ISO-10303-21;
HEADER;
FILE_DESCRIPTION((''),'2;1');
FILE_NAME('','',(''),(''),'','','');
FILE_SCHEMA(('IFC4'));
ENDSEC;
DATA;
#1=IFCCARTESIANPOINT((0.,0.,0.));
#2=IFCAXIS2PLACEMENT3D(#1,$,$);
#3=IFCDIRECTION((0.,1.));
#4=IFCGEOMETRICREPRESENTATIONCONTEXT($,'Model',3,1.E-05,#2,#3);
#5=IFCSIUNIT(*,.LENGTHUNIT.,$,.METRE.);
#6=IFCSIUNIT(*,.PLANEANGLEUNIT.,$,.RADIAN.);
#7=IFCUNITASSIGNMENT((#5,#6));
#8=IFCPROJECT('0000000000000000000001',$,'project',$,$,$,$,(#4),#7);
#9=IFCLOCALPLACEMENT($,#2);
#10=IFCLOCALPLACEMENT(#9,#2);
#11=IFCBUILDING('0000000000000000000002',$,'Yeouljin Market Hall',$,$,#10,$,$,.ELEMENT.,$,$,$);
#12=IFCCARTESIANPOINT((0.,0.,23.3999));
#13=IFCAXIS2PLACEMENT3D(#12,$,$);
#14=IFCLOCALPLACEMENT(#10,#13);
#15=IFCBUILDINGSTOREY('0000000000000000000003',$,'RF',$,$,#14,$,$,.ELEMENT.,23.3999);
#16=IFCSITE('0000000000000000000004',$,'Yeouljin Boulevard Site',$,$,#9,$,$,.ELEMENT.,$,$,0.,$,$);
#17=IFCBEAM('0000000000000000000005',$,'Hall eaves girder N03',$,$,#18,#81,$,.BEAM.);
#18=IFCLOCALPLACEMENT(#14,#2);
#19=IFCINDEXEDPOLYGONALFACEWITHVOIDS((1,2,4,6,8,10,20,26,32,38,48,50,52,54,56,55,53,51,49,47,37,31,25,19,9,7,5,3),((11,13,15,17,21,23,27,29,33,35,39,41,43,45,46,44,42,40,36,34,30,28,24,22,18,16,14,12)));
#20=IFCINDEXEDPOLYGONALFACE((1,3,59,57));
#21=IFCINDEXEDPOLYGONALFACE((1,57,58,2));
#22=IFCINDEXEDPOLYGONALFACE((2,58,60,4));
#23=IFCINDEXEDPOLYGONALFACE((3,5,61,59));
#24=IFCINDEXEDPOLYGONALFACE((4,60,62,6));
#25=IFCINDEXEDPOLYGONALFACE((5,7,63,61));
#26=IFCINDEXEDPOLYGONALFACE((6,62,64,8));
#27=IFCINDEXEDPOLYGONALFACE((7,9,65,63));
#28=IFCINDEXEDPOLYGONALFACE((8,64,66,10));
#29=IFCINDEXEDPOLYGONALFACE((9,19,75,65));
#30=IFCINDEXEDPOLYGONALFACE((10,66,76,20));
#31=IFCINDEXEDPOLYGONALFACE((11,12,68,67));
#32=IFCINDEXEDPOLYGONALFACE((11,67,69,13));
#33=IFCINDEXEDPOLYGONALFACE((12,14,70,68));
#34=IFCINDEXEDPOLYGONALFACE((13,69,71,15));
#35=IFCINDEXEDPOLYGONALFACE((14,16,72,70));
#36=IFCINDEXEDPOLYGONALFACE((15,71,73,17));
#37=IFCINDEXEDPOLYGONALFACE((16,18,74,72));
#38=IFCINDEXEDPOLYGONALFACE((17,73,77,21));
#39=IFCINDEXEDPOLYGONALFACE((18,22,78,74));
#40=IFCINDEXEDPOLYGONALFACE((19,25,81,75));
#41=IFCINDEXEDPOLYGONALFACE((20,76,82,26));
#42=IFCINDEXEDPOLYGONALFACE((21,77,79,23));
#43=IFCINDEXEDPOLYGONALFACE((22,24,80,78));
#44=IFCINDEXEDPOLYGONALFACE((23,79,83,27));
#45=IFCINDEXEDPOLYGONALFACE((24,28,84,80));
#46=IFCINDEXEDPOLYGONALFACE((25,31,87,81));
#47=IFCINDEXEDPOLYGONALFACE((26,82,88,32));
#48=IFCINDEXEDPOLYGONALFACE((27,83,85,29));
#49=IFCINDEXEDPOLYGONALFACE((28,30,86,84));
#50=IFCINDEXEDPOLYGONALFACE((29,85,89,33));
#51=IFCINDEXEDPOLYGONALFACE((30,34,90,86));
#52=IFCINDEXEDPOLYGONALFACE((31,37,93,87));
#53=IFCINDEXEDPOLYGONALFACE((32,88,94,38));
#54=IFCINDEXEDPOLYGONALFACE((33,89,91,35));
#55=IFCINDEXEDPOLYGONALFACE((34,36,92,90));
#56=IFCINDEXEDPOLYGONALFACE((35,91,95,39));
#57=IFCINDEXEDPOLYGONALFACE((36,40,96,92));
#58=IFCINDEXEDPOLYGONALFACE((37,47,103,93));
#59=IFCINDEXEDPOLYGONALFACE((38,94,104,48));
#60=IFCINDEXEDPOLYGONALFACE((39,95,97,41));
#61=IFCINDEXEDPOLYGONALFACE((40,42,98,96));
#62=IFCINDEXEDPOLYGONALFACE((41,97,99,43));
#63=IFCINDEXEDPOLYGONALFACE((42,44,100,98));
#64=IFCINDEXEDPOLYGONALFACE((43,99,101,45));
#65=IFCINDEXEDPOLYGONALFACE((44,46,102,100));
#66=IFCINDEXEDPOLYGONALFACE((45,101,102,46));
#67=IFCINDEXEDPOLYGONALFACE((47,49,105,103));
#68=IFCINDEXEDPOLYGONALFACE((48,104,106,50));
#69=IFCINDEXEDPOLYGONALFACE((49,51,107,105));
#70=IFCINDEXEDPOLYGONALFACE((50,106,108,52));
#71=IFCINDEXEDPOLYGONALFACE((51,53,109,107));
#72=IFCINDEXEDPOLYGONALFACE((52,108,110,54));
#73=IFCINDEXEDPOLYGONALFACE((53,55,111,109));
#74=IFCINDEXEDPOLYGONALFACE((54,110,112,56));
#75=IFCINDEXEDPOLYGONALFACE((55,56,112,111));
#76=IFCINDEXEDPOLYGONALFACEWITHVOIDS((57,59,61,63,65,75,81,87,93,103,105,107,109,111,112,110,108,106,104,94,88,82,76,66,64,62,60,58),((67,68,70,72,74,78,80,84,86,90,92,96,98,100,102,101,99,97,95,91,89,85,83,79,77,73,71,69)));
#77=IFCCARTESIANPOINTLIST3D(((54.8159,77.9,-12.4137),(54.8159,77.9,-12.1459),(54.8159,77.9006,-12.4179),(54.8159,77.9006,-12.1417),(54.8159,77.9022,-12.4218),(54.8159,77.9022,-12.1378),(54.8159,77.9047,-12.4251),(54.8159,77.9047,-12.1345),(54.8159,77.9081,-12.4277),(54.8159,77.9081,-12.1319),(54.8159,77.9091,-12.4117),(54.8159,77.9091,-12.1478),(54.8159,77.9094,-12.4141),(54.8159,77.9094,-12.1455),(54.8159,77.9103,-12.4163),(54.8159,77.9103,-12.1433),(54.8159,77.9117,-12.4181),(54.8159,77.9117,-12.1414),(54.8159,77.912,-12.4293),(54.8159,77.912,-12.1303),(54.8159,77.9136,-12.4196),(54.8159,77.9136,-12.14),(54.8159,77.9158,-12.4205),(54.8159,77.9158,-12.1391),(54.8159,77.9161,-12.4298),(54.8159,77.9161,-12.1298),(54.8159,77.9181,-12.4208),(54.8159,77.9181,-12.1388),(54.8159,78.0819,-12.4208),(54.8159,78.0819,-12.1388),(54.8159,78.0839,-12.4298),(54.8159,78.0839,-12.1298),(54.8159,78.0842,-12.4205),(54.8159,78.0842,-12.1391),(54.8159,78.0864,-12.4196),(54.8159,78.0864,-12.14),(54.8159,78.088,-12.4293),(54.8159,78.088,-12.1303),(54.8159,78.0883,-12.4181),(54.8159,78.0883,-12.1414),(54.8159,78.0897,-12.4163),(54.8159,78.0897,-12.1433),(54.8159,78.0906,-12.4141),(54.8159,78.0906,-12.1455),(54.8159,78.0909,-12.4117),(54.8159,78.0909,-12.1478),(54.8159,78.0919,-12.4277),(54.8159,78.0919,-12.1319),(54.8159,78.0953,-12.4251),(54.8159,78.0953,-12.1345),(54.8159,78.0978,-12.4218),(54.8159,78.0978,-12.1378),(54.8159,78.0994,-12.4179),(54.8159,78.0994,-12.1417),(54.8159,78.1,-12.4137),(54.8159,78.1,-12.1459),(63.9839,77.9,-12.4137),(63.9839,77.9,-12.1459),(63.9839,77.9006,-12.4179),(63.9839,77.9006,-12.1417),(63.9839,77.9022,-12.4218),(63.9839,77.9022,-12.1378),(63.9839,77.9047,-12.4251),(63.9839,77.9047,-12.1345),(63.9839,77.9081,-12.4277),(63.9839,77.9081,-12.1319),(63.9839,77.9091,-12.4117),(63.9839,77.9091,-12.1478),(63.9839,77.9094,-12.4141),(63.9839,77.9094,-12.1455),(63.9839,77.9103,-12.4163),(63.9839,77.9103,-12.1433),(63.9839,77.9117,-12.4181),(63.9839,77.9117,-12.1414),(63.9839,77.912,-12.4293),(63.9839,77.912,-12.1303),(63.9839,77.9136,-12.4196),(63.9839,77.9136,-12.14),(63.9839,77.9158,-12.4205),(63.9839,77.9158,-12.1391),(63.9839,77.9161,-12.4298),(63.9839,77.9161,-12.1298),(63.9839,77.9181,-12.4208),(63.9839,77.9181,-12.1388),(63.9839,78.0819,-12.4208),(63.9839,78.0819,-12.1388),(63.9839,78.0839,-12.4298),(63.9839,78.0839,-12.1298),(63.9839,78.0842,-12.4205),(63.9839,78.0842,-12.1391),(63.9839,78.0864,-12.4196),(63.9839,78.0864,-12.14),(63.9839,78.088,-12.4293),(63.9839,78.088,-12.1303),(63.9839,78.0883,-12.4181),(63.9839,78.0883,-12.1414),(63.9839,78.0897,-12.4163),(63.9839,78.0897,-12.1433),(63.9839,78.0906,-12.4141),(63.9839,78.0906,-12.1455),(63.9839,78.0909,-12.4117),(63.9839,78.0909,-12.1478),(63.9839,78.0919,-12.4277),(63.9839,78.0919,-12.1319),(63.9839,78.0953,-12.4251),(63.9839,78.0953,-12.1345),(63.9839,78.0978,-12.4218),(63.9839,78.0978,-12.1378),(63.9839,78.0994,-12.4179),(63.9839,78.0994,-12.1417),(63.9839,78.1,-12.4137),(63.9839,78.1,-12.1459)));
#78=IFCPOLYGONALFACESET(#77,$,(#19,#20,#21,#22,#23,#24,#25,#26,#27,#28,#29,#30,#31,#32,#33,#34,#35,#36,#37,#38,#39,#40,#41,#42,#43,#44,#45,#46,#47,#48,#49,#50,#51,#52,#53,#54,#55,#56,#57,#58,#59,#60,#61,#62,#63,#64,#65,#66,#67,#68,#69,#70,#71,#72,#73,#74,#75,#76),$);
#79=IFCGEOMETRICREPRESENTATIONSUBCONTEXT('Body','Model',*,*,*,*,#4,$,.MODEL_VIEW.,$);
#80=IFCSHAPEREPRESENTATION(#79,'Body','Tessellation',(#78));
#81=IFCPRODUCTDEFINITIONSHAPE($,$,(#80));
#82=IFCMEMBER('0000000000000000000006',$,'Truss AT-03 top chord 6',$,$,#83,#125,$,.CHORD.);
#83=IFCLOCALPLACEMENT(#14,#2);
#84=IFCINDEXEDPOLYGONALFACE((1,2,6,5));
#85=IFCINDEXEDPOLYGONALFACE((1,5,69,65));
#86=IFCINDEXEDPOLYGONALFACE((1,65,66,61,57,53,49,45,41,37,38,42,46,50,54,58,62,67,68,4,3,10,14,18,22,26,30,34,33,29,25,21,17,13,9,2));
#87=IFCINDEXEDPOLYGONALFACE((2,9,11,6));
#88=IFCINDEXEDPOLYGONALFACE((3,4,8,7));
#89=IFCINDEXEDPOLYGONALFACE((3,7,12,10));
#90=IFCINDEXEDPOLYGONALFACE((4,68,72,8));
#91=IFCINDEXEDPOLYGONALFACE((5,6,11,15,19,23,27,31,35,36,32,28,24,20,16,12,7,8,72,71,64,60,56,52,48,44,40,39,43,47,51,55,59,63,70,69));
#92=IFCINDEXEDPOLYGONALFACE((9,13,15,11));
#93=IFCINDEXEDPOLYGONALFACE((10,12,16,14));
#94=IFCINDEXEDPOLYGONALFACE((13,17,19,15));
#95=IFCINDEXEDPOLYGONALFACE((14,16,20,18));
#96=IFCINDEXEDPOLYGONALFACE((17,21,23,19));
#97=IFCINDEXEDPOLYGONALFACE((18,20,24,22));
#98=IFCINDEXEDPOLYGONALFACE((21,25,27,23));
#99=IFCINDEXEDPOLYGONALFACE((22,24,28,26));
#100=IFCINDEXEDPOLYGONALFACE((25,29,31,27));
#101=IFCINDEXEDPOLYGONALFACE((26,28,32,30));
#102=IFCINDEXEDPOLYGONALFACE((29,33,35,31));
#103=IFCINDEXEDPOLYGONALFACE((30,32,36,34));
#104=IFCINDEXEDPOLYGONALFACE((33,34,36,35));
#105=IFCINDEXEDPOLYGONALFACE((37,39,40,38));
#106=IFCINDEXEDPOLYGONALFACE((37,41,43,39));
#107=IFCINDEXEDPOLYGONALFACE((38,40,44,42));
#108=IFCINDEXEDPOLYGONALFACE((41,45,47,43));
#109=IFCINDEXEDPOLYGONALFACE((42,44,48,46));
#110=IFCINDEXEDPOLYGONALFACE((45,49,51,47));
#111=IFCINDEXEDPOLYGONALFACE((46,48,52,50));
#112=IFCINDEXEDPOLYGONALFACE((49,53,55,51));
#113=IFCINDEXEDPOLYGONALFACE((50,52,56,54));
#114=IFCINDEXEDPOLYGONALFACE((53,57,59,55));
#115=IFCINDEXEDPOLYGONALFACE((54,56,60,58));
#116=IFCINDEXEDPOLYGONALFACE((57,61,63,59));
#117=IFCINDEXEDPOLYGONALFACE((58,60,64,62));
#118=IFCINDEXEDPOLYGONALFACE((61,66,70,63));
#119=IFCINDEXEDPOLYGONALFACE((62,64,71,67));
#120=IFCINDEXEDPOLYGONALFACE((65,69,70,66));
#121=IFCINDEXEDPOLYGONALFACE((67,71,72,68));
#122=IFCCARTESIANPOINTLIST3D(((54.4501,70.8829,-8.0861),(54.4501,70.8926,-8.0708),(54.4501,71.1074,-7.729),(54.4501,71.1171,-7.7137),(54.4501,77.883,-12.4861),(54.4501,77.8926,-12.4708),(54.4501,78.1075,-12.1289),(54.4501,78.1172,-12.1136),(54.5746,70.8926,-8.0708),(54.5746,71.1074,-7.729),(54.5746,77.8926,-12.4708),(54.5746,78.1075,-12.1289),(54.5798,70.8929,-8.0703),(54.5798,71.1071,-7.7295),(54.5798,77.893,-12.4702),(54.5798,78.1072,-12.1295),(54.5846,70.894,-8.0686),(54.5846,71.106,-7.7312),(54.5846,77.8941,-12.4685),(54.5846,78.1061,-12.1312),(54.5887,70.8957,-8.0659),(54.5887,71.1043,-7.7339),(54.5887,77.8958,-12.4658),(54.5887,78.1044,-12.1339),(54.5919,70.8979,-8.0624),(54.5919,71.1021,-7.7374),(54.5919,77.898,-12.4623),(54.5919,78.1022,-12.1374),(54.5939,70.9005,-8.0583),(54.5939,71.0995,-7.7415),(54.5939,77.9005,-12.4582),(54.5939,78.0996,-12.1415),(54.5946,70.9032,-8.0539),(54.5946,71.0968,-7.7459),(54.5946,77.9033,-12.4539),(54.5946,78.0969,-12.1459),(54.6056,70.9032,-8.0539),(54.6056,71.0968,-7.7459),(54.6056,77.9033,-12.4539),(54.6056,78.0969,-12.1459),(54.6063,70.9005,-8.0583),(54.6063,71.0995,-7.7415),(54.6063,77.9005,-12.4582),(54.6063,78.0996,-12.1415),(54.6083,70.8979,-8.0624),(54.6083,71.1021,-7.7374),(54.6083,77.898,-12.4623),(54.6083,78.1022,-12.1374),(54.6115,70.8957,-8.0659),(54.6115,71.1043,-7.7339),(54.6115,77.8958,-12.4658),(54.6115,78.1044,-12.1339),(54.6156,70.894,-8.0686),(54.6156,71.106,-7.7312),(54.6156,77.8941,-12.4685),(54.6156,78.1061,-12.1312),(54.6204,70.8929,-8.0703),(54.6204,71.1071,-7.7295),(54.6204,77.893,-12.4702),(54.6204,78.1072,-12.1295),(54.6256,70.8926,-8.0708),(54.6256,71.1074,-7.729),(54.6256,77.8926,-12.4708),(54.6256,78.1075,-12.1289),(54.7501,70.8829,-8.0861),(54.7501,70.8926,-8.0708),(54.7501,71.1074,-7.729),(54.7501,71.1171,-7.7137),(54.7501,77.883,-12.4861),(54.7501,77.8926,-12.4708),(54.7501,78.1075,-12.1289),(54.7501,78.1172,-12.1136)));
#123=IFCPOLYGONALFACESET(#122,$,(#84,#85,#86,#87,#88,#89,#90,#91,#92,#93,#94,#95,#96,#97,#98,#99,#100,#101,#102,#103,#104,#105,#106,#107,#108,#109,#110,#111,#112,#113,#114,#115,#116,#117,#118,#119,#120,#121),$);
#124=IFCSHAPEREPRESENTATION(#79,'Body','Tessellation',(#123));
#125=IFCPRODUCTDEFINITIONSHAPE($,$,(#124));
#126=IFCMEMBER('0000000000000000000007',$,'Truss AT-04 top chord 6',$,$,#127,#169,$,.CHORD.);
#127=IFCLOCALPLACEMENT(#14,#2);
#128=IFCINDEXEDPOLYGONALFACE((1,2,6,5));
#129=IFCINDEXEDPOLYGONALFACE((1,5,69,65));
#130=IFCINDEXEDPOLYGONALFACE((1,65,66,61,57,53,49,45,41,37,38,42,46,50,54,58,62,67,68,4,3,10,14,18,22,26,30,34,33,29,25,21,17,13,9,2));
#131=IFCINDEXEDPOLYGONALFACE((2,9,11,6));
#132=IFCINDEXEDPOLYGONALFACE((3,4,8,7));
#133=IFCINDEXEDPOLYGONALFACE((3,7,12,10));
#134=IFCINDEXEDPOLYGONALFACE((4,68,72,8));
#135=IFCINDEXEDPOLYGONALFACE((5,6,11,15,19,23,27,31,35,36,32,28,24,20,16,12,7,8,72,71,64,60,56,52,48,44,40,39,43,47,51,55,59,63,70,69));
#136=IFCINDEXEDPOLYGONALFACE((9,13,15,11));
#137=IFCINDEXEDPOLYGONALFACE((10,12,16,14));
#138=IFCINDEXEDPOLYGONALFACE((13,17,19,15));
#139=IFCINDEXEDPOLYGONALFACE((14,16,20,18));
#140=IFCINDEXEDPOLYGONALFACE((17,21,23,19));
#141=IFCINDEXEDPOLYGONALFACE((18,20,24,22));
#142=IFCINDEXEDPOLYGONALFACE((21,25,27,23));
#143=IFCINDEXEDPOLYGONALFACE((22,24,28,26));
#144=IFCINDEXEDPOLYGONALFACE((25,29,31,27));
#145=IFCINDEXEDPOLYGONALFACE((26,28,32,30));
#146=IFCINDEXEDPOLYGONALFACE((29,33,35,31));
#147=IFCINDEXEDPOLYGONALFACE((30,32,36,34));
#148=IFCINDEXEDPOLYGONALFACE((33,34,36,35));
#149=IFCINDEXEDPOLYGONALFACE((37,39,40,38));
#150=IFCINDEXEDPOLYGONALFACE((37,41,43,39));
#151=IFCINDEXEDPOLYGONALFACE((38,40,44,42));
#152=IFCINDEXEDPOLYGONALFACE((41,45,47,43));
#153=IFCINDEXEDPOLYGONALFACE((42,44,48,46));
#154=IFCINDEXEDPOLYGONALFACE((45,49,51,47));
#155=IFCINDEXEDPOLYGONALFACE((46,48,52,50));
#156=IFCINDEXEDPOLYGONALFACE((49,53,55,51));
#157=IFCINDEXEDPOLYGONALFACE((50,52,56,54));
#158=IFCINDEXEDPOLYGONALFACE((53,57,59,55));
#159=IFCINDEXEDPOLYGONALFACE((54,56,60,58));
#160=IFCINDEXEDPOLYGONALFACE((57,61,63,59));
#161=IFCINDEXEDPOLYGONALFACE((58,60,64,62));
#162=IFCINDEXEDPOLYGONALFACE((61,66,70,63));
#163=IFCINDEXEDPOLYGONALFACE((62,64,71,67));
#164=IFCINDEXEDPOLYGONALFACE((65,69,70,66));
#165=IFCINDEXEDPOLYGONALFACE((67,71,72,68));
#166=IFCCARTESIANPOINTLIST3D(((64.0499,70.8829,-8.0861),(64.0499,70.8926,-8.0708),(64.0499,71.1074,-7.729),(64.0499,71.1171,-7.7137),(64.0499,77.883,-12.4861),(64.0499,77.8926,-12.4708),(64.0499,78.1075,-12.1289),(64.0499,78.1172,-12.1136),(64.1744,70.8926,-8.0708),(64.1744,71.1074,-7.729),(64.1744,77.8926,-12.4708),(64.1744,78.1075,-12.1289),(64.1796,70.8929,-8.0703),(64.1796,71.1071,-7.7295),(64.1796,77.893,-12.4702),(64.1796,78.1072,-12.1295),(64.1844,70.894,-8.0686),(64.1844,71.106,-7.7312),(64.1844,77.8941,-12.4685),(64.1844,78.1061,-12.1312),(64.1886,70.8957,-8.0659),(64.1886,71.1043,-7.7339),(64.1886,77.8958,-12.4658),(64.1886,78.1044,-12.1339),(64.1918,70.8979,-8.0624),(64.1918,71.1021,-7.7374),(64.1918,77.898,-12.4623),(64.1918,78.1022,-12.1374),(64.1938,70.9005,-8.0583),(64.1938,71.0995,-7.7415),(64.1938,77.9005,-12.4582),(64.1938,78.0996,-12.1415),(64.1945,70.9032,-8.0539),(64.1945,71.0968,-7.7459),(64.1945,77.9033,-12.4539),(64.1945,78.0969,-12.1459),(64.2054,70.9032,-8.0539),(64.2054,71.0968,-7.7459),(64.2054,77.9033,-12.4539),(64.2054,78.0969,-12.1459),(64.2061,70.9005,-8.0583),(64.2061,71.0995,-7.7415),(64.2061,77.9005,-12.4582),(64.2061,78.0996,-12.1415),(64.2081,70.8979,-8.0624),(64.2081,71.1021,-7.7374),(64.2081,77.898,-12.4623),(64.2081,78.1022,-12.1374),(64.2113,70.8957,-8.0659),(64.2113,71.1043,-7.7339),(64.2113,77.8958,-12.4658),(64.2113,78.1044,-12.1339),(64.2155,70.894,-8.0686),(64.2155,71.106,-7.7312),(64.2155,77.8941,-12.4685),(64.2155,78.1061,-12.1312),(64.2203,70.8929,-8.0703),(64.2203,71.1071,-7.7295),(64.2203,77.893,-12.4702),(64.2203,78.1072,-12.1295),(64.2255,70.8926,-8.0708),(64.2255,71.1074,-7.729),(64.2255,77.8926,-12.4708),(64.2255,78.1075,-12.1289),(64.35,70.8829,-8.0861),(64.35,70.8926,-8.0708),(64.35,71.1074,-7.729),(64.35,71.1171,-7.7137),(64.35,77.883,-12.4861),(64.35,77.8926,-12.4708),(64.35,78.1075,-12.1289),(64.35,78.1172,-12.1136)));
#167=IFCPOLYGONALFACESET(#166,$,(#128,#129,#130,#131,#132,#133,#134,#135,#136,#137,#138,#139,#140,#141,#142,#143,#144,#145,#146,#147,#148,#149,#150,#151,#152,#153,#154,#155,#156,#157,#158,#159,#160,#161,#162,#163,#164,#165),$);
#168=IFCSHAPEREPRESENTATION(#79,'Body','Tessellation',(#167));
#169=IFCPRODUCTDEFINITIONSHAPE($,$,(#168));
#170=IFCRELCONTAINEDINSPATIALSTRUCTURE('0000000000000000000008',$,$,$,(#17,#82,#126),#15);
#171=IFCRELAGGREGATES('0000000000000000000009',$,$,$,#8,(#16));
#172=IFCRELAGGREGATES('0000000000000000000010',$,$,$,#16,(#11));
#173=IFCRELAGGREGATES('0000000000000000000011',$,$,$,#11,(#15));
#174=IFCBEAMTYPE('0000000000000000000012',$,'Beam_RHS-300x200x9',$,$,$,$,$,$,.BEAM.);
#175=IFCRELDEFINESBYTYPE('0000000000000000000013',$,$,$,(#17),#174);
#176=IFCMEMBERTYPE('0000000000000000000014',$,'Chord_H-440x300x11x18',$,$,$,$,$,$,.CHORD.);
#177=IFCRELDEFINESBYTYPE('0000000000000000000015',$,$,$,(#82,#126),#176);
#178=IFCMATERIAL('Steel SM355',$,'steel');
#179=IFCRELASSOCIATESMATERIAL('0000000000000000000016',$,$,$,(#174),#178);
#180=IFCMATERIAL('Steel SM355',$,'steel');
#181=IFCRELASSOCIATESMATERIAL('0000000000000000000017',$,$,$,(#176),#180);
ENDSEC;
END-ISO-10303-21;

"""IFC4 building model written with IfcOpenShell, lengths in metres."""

from ifc_helpers import new_model, si_unit, direction, frame, origin, origin_2d, place, context, subcontext, project, spatial, hollow_rectangle, i_section, extrude, material, material_profile, profile_set, type_object, element, save


model = new_model("IFC4")

# Units and contexts
model_context = context("Model", 3, precision=1e-05, world=origin(), true_north=direction((0.0, 1.0)))
body_context = subcontext(model_context, "Body", "Model", "MODEL_VIEW")
ifc_project = project(units=[si_unit("LENGTHUNIT", "METRE"), si_unit("PLANEANGLEUNIT", "RADIAN")], contexts=[model_context])

# Site, building, storey
site_placement = place(None, origin())
site = spatial("IfcSite", under=ifc_project, at=site_placement, Name="Yeouljin Boulevard Site", CompositionType="ELEMENT", RefElevation=0.0)
building_placement = place(site_placement, origin())
building = spatial("IfcBuilding", under=site, at=building_placement, Name="Yeouljin Market Hall", CompositionType="ELEMENT")
storey_placement = place(building_placement, frame((0.0, 0.0, 23.3999)))
storey = spatial("IfcBuildingStorey", under=building, at=storey_placement, Name="RF", CompositionType="ELEMENT", Elevation=23.3999)

# Beam
ifc_material_1 = material(Name="Steel SM355", Category="steel")
ifc_material_profile_1 = material_profile(ifc_material_1, hollow_rectangle(XDim=0.2, YDim=0.3, WallThickness=0.009, InnerFilletRadius=0.009, OuterFilletRadius=0.0161, at=origin_2d()), Name="RHS-300x200x9")
ifc_profile_set_1 = profile_set([ifc_material_profile_1], Name="Steel SM355")
beam_type_1 = type_object("IfcBeamType", Name="Beam_RHS-300x200x9", PredefinedType="BEAM", material=ifc_profile_set_1)
for number, where, z_axis, x_axis, name in (
    (1, (54.8159, 78.0, -12.2798), (1.0, 0.0, 0.0), (0.0, 1.0, 0.0), "Hall eaves girder N03"),
):
    element("IfcBeam", number, at=place(storey_placement, frame(where, z_axis=z_axis, x_axis=x_axis)), inside=storey, type_object=beam_type_1, Name=name, PredefinedType="BEAM", context=body_context, shape_type="SweptSolid", body=[
        extrude(hollow_rectangle(XDim=0.2, YDim=0.3, WallThickness=0.009, InnerFilletRadius=0.009, OuterFilletRadius=0.0161, at=origin_2d()), origin(), (0.0, 0.0, 1.0), 9.168),
    ])

# Members
ifc_material_2 = material(Name="Steel SM355", Category="steel")
ifc_material_profile_2 = material_profile(ifc_material_2, i_section(OverallWidth=0.3, OverallDepth=0.4399, WebThickness=0.011, FlangeThickness=0.0181, FilletRadius=0.02, at=origin_2d()), Name="H-440x300x11x18")
ifc_profile_set_2 = profile_set([ifc_material_profile_2], Name="Steel SM355")
member_type_1 = type_object("IfcMemberType", Name="Chord_H-440x300x11x18", PredefinedType="CHORD", material=ifc_profile_set_2)
for number, where, z_axis, x_axis, name in (
    (2, (54.6001, 71.0, -7.8999), (0.0, 0.846642, -0.532163), (-1.0, 0.0, 0.0), "Truss AT-03 top chord 6"),
    (3, (64.2, 71.0, -7.8999), (0.0, 0.846642, -0.532163), (-1.0, 0.0, 0.0), "Truss AT-04 top chord 6"),
):
    element("IfcMember", number, at=place(storey_placement, frame(where, z_axis=z_axis, x_axis=x_axis)), inside=storey, type_object=member_type_1, Name=name, PredefinedType="CHORD", context=body_context, shape_type="SweptSolid", body=[
        extrude(i_section(OverallWidth=0.3, OverallDepth=0.4399, WebThickness=0.011, FlangeThickness=0.0181, FilletRadius=0.02, at=origin_2d()), origin(), (0.0, 0.0, 1.0), 8.2681),
    ])

save(model, "model.ifc")
